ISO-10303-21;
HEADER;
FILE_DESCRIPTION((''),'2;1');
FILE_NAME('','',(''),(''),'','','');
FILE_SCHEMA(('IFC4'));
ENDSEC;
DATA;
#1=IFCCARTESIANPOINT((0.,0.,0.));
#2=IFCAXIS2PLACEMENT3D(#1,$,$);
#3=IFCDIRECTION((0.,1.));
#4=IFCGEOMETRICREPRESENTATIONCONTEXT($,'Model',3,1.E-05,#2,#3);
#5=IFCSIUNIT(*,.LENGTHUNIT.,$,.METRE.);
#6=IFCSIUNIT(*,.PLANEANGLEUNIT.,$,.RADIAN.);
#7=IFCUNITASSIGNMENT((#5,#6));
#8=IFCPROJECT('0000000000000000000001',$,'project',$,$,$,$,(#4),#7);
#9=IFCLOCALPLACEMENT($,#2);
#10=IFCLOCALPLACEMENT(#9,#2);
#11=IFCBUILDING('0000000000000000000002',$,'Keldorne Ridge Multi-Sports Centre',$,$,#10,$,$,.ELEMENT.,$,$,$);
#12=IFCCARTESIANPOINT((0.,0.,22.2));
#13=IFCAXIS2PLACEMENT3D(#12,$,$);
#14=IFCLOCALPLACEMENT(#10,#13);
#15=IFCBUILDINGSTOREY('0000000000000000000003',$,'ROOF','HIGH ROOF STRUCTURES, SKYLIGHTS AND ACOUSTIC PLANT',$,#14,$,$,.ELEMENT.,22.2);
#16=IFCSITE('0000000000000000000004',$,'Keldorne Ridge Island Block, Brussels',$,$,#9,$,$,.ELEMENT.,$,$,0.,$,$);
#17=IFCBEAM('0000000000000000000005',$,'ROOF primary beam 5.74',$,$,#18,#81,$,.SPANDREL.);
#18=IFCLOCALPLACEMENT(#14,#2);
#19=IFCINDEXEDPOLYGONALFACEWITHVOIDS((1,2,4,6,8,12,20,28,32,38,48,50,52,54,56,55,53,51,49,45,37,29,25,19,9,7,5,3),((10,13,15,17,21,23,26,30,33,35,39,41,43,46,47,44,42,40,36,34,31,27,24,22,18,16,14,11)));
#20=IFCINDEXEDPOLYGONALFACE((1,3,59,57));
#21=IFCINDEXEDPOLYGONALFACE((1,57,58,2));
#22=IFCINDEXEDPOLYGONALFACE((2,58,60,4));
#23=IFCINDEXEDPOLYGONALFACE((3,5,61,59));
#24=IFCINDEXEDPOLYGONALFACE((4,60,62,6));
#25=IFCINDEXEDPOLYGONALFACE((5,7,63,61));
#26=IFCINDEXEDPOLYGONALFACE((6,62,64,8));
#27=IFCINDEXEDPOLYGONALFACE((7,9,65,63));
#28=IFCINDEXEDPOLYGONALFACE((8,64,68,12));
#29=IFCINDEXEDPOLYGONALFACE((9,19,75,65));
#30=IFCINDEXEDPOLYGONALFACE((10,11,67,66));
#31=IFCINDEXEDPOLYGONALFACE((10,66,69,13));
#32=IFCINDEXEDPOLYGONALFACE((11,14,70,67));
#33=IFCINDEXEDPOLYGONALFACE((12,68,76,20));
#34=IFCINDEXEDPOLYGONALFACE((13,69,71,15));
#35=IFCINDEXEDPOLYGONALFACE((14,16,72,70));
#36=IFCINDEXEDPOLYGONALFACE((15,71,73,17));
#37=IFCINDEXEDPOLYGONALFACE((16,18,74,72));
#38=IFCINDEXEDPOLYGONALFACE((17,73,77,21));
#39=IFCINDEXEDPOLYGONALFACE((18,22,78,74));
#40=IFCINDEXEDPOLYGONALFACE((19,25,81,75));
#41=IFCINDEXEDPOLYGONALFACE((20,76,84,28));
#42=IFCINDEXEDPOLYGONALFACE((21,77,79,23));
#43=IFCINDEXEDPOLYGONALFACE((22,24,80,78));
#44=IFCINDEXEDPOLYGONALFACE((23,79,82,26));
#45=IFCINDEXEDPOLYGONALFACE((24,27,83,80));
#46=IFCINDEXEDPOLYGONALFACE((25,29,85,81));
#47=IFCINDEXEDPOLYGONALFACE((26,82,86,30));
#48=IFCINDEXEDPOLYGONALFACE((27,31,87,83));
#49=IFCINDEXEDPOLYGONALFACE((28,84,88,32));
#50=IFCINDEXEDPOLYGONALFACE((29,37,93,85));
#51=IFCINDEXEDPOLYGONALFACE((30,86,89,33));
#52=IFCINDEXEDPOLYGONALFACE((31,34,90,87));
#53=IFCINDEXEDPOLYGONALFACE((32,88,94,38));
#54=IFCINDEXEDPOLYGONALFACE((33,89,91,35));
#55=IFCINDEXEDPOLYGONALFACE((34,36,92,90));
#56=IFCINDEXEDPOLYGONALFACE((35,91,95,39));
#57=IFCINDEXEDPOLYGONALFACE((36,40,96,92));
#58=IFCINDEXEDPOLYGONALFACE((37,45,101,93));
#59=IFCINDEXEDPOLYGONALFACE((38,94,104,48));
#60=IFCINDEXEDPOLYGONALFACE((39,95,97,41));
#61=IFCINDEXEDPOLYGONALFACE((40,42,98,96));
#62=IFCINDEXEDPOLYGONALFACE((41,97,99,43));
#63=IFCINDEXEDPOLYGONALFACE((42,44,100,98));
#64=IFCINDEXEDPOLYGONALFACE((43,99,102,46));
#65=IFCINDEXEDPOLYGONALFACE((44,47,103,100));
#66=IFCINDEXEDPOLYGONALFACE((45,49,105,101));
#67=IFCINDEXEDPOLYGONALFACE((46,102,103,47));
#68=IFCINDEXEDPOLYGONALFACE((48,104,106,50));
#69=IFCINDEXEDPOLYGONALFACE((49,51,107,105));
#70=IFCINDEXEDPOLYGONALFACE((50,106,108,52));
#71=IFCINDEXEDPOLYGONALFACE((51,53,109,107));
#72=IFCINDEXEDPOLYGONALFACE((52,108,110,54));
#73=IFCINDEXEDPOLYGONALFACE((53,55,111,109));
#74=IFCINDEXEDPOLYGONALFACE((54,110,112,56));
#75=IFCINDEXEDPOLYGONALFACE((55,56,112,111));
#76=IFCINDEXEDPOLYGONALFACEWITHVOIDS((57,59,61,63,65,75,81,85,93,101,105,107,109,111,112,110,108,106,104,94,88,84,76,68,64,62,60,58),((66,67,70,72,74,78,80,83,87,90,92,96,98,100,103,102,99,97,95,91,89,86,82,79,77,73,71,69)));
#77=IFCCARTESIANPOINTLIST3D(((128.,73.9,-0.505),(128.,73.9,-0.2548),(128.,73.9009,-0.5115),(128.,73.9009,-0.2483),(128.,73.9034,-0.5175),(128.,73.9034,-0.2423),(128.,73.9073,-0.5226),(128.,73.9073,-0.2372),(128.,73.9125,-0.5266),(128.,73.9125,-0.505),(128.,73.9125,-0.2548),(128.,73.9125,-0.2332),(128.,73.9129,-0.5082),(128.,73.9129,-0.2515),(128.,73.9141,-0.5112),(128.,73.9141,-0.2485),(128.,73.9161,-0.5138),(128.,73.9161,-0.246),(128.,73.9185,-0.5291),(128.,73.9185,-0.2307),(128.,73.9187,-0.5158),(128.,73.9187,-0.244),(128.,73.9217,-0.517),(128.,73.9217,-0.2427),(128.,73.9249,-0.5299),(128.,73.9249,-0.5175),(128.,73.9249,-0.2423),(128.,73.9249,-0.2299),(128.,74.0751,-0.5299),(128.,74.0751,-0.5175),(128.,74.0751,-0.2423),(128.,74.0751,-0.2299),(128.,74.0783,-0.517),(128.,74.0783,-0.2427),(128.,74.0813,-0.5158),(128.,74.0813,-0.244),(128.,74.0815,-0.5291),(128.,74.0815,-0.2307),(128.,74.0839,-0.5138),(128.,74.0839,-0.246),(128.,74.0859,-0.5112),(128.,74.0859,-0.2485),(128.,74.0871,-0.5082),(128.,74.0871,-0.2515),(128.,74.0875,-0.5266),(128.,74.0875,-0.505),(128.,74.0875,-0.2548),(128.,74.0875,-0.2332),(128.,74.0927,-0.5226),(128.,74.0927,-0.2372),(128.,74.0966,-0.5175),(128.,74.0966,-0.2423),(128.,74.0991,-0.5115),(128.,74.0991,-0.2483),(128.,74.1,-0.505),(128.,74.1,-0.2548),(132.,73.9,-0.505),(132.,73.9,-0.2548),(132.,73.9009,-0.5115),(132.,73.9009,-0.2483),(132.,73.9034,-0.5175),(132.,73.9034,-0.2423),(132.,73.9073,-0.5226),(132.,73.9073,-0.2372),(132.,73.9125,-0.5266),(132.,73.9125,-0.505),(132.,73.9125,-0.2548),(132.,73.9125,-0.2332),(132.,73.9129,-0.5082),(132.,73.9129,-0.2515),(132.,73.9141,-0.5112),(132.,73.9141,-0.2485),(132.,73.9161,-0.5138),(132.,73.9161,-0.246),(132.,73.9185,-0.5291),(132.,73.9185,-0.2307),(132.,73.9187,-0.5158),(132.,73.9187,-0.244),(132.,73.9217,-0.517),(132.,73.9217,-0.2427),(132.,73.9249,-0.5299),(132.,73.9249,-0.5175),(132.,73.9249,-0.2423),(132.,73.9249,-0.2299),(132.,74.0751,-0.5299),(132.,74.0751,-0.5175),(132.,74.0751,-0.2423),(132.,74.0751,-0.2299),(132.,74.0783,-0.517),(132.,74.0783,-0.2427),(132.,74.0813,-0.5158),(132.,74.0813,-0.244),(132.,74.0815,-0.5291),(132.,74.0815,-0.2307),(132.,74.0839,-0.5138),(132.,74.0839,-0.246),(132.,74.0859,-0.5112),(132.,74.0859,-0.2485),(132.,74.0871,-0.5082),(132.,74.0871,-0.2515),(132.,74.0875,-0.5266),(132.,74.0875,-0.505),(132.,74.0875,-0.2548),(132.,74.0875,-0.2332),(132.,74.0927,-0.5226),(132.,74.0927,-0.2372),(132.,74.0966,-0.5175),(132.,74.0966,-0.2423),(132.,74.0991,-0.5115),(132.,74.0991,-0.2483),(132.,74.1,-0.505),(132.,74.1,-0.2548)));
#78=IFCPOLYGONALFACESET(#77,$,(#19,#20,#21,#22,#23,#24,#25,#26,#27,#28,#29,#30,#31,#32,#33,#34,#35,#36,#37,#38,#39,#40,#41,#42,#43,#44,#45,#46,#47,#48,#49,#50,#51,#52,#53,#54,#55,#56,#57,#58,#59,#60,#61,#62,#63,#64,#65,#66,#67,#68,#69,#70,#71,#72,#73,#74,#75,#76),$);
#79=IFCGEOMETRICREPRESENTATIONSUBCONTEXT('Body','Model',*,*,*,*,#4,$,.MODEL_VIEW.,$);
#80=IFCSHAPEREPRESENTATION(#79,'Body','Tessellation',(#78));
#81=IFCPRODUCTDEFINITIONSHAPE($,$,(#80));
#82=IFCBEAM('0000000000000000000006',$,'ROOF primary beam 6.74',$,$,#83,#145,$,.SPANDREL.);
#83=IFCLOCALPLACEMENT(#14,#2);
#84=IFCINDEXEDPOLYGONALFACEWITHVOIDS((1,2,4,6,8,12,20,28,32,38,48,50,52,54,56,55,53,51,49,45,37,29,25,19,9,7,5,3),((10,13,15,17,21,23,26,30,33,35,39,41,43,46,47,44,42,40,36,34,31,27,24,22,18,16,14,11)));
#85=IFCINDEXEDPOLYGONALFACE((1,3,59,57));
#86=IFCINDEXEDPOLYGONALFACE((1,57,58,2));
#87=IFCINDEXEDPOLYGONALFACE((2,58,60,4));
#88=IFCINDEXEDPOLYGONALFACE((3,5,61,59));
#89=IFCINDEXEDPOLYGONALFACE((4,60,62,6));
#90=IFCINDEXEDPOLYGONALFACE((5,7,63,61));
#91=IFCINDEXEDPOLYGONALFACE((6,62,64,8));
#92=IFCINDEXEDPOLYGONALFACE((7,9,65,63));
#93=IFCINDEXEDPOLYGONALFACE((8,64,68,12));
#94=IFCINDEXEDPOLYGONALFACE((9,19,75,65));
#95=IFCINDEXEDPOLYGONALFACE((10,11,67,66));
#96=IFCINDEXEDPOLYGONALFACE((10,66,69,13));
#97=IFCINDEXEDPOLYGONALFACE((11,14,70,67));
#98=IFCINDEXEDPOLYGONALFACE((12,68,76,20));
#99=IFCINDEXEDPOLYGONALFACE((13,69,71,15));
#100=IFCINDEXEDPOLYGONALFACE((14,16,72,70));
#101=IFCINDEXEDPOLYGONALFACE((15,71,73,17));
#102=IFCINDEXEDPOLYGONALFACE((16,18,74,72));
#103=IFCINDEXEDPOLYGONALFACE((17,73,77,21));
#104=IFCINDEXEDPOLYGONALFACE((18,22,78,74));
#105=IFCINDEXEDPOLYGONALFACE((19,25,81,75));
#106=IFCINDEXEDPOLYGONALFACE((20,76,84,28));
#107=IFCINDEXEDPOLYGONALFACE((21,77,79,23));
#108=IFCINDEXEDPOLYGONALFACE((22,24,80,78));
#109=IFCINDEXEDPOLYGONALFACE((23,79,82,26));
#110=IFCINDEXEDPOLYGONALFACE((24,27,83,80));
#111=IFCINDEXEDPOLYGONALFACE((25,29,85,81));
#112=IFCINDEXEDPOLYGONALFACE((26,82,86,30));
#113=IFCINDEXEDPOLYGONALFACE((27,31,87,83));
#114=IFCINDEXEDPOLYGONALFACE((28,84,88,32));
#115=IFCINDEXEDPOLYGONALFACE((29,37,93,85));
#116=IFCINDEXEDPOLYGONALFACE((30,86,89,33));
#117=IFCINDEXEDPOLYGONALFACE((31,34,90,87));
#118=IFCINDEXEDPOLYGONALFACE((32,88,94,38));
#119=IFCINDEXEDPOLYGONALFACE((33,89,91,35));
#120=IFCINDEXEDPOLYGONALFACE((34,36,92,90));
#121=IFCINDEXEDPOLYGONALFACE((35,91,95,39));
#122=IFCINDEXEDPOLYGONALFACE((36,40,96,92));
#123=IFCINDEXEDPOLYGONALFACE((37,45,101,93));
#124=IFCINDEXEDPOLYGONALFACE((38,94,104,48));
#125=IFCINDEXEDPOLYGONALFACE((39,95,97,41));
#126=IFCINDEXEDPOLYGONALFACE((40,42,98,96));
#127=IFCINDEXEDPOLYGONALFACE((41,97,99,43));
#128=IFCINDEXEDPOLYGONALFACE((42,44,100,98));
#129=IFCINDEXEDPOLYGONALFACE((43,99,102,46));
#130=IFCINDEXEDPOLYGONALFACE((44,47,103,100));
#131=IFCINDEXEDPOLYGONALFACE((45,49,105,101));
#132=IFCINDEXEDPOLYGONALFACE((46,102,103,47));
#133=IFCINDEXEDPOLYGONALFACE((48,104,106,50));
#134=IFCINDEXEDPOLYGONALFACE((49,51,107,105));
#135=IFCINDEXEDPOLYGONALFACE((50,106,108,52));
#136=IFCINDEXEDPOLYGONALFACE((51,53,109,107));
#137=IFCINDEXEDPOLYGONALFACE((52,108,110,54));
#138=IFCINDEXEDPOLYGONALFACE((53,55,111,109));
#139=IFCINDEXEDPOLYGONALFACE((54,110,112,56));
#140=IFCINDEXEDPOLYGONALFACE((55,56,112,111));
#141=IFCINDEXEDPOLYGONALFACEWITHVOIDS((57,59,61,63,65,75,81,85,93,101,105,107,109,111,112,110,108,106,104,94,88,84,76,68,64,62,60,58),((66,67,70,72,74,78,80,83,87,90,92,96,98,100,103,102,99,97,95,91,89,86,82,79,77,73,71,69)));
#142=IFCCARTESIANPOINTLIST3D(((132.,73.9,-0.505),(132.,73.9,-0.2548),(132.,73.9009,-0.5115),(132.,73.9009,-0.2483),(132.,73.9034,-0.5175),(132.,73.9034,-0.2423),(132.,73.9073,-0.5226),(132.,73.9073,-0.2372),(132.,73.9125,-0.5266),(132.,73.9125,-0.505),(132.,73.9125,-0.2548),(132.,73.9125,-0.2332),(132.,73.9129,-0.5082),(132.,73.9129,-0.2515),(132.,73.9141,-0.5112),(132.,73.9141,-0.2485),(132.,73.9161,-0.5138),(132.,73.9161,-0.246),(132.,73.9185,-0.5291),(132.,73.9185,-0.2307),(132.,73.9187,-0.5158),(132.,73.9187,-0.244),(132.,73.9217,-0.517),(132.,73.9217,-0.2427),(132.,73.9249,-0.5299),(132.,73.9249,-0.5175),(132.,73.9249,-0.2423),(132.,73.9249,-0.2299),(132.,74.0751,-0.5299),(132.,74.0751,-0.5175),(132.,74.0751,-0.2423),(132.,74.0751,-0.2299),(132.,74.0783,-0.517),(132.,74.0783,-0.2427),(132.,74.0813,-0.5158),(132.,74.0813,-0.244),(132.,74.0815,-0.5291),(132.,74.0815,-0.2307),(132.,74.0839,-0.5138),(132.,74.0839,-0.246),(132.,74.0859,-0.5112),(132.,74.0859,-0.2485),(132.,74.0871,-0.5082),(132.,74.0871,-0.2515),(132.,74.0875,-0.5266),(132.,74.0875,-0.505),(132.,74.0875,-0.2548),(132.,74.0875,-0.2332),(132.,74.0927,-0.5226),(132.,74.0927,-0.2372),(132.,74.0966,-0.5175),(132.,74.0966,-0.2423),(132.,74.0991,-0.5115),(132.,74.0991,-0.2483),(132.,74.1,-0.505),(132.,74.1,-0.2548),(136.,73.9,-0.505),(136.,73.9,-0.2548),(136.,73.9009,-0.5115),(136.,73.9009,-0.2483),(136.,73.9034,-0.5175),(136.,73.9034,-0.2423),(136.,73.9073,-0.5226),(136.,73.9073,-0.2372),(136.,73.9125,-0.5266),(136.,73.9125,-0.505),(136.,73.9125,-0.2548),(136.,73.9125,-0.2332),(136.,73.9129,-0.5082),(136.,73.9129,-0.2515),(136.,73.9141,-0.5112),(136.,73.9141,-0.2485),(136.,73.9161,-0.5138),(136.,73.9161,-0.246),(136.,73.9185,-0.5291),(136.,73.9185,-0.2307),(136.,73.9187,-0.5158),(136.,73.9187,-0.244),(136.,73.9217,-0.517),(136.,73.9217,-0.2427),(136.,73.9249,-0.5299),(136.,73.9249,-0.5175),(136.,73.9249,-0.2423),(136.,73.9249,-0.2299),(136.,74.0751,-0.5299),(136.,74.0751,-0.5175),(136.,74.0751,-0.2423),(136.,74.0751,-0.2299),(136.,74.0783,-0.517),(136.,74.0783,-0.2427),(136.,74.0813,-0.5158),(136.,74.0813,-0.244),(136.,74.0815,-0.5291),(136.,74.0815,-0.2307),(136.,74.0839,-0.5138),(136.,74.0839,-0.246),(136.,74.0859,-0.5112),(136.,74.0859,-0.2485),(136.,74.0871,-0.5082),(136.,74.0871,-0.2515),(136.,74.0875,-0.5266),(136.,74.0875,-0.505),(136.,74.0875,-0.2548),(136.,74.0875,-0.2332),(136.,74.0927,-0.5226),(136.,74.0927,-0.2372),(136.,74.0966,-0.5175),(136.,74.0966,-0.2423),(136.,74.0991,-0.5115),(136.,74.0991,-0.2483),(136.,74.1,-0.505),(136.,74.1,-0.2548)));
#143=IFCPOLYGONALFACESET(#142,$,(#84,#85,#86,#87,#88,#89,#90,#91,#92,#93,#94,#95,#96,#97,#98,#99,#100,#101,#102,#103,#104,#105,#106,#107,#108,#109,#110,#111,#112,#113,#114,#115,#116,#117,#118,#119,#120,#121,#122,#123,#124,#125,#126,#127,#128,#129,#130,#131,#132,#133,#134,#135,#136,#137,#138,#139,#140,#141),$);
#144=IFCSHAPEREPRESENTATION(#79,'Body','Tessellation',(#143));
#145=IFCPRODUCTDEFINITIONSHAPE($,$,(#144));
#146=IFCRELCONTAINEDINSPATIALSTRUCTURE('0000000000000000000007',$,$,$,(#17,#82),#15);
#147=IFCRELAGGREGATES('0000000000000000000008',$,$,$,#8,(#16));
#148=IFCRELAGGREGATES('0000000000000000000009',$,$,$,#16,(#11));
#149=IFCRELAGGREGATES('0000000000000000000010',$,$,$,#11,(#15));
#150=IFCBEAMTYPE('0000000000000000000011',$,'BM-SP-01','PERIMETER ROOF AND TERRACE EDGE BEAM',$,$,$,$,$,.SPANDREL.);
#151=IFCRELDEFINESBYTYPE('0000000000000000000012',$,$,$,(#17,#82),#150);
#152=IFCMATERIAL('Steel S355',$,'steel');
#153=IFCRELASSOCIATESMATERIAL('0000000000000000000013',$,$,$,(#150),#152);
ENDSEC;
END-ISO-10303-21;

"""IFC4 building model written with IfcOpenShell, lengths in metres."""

from ifc_helpers import new_model, si_unit, direction, frame, origin, origin_2d, place, context, subcontext, project, spatial, hollow_rectangle, extrude, material, material_profile, profile_set, type_object, element, save


model = new_model("IFC4")

# Units and contexts
model_context = context("Model", 3, precision=1e-05, world=origin(), true_north=direction((0.0, 1.0)))
body_context = subcontext(model_context, "Body", "Model", "MODEL_VIEW")
ifc_project = project(units=[si_unit("LENGTHUNIT", "METRE"), si_unit("PLANEANGLEUNIT", "RADIAN")], contexts=[model_context])

# Site, building, storey
site_placement = place(None, origin())
site = spatial("IfcSite", under=ifc_project, at=site_placement, Name="Keldorne Ridge Island Block, Brussels", CompositionType="ELEMENT", RefElevation=0.0)
building_placement = place(site_placement, origin())
building = spatial("IfcBuilding", under=site, at=building_placement, Name="Keldorne Ridge Multi-Sports Centre", CompositionType="ELEMENT")
storey_placement = place(building_placement, frame((0.0, 0.0, 22.2)))
storey = spatial("IfcBuildingStorey", under=building, at=storey_placement, Name="ROOF", Description="HIGH ROOF STRUCTURES, SKYLIGHTS AND ACOUSTIC PLANT", CompositionType="ELEMENT", Elevation=22.2)

# Beams
ifc_material_1 = material(Name="Steel S355", Category="steel")
ifc_material_profile_1 = material_profile(ifc_material_1, hollow_rectangle(XDim=0.2, YDim=0.3, WallThickness=0.0125, InnerFilletRadius=0.0125, OuterFilletRadius=0.0249, at=origin_2d()), Name="RHS 300x200x12.5")
ifc_profile_set_1 = profile_set([ifc_material_profile_1], Name="Steel S355")
beam_type_1 = type_object("IfcBeamType", Name="BM-SP-01", Description="PERIMETER ROOF AND TERRACE EDGE BEAM", PredefinedType="SPANDREL", material=ifc_profile_set_1)
for number, where, z_axis, x_axis, name in (
    (1, (128.0, 74.0, -0.3799), (1.0, 0.0, 0.0), (0.0, 1.0, 0.0), "ROOF primary beam 5.74"),
    (2, (132.0, 74.0, -0.3799), (1.0, 0.0, 0.0), (0.0, 1.0, 0.0), "ROOF primary beam 6.74"),
):
    element("IfcBeam", number, at=place(storey_placement, frame(where, z_axis=z_axis, x_axis=x_axis)), inside=storey, type_object=beam_type_1, Name=name, PredefinedType="SPANDREL", context=body_context, shape_type="SweptSolid", body=[
        extrude(hollow_rectangle(XDim=0.2, YDim=0.3, WallThickness=0.0125, InnerFilletRadius=0.0125, OuterFilletRadius=0.0249, at=origin_2d()), origin(), (0.0, 0.0, 1.0), 4.0),
    ])

save(model, "model.ifc")
